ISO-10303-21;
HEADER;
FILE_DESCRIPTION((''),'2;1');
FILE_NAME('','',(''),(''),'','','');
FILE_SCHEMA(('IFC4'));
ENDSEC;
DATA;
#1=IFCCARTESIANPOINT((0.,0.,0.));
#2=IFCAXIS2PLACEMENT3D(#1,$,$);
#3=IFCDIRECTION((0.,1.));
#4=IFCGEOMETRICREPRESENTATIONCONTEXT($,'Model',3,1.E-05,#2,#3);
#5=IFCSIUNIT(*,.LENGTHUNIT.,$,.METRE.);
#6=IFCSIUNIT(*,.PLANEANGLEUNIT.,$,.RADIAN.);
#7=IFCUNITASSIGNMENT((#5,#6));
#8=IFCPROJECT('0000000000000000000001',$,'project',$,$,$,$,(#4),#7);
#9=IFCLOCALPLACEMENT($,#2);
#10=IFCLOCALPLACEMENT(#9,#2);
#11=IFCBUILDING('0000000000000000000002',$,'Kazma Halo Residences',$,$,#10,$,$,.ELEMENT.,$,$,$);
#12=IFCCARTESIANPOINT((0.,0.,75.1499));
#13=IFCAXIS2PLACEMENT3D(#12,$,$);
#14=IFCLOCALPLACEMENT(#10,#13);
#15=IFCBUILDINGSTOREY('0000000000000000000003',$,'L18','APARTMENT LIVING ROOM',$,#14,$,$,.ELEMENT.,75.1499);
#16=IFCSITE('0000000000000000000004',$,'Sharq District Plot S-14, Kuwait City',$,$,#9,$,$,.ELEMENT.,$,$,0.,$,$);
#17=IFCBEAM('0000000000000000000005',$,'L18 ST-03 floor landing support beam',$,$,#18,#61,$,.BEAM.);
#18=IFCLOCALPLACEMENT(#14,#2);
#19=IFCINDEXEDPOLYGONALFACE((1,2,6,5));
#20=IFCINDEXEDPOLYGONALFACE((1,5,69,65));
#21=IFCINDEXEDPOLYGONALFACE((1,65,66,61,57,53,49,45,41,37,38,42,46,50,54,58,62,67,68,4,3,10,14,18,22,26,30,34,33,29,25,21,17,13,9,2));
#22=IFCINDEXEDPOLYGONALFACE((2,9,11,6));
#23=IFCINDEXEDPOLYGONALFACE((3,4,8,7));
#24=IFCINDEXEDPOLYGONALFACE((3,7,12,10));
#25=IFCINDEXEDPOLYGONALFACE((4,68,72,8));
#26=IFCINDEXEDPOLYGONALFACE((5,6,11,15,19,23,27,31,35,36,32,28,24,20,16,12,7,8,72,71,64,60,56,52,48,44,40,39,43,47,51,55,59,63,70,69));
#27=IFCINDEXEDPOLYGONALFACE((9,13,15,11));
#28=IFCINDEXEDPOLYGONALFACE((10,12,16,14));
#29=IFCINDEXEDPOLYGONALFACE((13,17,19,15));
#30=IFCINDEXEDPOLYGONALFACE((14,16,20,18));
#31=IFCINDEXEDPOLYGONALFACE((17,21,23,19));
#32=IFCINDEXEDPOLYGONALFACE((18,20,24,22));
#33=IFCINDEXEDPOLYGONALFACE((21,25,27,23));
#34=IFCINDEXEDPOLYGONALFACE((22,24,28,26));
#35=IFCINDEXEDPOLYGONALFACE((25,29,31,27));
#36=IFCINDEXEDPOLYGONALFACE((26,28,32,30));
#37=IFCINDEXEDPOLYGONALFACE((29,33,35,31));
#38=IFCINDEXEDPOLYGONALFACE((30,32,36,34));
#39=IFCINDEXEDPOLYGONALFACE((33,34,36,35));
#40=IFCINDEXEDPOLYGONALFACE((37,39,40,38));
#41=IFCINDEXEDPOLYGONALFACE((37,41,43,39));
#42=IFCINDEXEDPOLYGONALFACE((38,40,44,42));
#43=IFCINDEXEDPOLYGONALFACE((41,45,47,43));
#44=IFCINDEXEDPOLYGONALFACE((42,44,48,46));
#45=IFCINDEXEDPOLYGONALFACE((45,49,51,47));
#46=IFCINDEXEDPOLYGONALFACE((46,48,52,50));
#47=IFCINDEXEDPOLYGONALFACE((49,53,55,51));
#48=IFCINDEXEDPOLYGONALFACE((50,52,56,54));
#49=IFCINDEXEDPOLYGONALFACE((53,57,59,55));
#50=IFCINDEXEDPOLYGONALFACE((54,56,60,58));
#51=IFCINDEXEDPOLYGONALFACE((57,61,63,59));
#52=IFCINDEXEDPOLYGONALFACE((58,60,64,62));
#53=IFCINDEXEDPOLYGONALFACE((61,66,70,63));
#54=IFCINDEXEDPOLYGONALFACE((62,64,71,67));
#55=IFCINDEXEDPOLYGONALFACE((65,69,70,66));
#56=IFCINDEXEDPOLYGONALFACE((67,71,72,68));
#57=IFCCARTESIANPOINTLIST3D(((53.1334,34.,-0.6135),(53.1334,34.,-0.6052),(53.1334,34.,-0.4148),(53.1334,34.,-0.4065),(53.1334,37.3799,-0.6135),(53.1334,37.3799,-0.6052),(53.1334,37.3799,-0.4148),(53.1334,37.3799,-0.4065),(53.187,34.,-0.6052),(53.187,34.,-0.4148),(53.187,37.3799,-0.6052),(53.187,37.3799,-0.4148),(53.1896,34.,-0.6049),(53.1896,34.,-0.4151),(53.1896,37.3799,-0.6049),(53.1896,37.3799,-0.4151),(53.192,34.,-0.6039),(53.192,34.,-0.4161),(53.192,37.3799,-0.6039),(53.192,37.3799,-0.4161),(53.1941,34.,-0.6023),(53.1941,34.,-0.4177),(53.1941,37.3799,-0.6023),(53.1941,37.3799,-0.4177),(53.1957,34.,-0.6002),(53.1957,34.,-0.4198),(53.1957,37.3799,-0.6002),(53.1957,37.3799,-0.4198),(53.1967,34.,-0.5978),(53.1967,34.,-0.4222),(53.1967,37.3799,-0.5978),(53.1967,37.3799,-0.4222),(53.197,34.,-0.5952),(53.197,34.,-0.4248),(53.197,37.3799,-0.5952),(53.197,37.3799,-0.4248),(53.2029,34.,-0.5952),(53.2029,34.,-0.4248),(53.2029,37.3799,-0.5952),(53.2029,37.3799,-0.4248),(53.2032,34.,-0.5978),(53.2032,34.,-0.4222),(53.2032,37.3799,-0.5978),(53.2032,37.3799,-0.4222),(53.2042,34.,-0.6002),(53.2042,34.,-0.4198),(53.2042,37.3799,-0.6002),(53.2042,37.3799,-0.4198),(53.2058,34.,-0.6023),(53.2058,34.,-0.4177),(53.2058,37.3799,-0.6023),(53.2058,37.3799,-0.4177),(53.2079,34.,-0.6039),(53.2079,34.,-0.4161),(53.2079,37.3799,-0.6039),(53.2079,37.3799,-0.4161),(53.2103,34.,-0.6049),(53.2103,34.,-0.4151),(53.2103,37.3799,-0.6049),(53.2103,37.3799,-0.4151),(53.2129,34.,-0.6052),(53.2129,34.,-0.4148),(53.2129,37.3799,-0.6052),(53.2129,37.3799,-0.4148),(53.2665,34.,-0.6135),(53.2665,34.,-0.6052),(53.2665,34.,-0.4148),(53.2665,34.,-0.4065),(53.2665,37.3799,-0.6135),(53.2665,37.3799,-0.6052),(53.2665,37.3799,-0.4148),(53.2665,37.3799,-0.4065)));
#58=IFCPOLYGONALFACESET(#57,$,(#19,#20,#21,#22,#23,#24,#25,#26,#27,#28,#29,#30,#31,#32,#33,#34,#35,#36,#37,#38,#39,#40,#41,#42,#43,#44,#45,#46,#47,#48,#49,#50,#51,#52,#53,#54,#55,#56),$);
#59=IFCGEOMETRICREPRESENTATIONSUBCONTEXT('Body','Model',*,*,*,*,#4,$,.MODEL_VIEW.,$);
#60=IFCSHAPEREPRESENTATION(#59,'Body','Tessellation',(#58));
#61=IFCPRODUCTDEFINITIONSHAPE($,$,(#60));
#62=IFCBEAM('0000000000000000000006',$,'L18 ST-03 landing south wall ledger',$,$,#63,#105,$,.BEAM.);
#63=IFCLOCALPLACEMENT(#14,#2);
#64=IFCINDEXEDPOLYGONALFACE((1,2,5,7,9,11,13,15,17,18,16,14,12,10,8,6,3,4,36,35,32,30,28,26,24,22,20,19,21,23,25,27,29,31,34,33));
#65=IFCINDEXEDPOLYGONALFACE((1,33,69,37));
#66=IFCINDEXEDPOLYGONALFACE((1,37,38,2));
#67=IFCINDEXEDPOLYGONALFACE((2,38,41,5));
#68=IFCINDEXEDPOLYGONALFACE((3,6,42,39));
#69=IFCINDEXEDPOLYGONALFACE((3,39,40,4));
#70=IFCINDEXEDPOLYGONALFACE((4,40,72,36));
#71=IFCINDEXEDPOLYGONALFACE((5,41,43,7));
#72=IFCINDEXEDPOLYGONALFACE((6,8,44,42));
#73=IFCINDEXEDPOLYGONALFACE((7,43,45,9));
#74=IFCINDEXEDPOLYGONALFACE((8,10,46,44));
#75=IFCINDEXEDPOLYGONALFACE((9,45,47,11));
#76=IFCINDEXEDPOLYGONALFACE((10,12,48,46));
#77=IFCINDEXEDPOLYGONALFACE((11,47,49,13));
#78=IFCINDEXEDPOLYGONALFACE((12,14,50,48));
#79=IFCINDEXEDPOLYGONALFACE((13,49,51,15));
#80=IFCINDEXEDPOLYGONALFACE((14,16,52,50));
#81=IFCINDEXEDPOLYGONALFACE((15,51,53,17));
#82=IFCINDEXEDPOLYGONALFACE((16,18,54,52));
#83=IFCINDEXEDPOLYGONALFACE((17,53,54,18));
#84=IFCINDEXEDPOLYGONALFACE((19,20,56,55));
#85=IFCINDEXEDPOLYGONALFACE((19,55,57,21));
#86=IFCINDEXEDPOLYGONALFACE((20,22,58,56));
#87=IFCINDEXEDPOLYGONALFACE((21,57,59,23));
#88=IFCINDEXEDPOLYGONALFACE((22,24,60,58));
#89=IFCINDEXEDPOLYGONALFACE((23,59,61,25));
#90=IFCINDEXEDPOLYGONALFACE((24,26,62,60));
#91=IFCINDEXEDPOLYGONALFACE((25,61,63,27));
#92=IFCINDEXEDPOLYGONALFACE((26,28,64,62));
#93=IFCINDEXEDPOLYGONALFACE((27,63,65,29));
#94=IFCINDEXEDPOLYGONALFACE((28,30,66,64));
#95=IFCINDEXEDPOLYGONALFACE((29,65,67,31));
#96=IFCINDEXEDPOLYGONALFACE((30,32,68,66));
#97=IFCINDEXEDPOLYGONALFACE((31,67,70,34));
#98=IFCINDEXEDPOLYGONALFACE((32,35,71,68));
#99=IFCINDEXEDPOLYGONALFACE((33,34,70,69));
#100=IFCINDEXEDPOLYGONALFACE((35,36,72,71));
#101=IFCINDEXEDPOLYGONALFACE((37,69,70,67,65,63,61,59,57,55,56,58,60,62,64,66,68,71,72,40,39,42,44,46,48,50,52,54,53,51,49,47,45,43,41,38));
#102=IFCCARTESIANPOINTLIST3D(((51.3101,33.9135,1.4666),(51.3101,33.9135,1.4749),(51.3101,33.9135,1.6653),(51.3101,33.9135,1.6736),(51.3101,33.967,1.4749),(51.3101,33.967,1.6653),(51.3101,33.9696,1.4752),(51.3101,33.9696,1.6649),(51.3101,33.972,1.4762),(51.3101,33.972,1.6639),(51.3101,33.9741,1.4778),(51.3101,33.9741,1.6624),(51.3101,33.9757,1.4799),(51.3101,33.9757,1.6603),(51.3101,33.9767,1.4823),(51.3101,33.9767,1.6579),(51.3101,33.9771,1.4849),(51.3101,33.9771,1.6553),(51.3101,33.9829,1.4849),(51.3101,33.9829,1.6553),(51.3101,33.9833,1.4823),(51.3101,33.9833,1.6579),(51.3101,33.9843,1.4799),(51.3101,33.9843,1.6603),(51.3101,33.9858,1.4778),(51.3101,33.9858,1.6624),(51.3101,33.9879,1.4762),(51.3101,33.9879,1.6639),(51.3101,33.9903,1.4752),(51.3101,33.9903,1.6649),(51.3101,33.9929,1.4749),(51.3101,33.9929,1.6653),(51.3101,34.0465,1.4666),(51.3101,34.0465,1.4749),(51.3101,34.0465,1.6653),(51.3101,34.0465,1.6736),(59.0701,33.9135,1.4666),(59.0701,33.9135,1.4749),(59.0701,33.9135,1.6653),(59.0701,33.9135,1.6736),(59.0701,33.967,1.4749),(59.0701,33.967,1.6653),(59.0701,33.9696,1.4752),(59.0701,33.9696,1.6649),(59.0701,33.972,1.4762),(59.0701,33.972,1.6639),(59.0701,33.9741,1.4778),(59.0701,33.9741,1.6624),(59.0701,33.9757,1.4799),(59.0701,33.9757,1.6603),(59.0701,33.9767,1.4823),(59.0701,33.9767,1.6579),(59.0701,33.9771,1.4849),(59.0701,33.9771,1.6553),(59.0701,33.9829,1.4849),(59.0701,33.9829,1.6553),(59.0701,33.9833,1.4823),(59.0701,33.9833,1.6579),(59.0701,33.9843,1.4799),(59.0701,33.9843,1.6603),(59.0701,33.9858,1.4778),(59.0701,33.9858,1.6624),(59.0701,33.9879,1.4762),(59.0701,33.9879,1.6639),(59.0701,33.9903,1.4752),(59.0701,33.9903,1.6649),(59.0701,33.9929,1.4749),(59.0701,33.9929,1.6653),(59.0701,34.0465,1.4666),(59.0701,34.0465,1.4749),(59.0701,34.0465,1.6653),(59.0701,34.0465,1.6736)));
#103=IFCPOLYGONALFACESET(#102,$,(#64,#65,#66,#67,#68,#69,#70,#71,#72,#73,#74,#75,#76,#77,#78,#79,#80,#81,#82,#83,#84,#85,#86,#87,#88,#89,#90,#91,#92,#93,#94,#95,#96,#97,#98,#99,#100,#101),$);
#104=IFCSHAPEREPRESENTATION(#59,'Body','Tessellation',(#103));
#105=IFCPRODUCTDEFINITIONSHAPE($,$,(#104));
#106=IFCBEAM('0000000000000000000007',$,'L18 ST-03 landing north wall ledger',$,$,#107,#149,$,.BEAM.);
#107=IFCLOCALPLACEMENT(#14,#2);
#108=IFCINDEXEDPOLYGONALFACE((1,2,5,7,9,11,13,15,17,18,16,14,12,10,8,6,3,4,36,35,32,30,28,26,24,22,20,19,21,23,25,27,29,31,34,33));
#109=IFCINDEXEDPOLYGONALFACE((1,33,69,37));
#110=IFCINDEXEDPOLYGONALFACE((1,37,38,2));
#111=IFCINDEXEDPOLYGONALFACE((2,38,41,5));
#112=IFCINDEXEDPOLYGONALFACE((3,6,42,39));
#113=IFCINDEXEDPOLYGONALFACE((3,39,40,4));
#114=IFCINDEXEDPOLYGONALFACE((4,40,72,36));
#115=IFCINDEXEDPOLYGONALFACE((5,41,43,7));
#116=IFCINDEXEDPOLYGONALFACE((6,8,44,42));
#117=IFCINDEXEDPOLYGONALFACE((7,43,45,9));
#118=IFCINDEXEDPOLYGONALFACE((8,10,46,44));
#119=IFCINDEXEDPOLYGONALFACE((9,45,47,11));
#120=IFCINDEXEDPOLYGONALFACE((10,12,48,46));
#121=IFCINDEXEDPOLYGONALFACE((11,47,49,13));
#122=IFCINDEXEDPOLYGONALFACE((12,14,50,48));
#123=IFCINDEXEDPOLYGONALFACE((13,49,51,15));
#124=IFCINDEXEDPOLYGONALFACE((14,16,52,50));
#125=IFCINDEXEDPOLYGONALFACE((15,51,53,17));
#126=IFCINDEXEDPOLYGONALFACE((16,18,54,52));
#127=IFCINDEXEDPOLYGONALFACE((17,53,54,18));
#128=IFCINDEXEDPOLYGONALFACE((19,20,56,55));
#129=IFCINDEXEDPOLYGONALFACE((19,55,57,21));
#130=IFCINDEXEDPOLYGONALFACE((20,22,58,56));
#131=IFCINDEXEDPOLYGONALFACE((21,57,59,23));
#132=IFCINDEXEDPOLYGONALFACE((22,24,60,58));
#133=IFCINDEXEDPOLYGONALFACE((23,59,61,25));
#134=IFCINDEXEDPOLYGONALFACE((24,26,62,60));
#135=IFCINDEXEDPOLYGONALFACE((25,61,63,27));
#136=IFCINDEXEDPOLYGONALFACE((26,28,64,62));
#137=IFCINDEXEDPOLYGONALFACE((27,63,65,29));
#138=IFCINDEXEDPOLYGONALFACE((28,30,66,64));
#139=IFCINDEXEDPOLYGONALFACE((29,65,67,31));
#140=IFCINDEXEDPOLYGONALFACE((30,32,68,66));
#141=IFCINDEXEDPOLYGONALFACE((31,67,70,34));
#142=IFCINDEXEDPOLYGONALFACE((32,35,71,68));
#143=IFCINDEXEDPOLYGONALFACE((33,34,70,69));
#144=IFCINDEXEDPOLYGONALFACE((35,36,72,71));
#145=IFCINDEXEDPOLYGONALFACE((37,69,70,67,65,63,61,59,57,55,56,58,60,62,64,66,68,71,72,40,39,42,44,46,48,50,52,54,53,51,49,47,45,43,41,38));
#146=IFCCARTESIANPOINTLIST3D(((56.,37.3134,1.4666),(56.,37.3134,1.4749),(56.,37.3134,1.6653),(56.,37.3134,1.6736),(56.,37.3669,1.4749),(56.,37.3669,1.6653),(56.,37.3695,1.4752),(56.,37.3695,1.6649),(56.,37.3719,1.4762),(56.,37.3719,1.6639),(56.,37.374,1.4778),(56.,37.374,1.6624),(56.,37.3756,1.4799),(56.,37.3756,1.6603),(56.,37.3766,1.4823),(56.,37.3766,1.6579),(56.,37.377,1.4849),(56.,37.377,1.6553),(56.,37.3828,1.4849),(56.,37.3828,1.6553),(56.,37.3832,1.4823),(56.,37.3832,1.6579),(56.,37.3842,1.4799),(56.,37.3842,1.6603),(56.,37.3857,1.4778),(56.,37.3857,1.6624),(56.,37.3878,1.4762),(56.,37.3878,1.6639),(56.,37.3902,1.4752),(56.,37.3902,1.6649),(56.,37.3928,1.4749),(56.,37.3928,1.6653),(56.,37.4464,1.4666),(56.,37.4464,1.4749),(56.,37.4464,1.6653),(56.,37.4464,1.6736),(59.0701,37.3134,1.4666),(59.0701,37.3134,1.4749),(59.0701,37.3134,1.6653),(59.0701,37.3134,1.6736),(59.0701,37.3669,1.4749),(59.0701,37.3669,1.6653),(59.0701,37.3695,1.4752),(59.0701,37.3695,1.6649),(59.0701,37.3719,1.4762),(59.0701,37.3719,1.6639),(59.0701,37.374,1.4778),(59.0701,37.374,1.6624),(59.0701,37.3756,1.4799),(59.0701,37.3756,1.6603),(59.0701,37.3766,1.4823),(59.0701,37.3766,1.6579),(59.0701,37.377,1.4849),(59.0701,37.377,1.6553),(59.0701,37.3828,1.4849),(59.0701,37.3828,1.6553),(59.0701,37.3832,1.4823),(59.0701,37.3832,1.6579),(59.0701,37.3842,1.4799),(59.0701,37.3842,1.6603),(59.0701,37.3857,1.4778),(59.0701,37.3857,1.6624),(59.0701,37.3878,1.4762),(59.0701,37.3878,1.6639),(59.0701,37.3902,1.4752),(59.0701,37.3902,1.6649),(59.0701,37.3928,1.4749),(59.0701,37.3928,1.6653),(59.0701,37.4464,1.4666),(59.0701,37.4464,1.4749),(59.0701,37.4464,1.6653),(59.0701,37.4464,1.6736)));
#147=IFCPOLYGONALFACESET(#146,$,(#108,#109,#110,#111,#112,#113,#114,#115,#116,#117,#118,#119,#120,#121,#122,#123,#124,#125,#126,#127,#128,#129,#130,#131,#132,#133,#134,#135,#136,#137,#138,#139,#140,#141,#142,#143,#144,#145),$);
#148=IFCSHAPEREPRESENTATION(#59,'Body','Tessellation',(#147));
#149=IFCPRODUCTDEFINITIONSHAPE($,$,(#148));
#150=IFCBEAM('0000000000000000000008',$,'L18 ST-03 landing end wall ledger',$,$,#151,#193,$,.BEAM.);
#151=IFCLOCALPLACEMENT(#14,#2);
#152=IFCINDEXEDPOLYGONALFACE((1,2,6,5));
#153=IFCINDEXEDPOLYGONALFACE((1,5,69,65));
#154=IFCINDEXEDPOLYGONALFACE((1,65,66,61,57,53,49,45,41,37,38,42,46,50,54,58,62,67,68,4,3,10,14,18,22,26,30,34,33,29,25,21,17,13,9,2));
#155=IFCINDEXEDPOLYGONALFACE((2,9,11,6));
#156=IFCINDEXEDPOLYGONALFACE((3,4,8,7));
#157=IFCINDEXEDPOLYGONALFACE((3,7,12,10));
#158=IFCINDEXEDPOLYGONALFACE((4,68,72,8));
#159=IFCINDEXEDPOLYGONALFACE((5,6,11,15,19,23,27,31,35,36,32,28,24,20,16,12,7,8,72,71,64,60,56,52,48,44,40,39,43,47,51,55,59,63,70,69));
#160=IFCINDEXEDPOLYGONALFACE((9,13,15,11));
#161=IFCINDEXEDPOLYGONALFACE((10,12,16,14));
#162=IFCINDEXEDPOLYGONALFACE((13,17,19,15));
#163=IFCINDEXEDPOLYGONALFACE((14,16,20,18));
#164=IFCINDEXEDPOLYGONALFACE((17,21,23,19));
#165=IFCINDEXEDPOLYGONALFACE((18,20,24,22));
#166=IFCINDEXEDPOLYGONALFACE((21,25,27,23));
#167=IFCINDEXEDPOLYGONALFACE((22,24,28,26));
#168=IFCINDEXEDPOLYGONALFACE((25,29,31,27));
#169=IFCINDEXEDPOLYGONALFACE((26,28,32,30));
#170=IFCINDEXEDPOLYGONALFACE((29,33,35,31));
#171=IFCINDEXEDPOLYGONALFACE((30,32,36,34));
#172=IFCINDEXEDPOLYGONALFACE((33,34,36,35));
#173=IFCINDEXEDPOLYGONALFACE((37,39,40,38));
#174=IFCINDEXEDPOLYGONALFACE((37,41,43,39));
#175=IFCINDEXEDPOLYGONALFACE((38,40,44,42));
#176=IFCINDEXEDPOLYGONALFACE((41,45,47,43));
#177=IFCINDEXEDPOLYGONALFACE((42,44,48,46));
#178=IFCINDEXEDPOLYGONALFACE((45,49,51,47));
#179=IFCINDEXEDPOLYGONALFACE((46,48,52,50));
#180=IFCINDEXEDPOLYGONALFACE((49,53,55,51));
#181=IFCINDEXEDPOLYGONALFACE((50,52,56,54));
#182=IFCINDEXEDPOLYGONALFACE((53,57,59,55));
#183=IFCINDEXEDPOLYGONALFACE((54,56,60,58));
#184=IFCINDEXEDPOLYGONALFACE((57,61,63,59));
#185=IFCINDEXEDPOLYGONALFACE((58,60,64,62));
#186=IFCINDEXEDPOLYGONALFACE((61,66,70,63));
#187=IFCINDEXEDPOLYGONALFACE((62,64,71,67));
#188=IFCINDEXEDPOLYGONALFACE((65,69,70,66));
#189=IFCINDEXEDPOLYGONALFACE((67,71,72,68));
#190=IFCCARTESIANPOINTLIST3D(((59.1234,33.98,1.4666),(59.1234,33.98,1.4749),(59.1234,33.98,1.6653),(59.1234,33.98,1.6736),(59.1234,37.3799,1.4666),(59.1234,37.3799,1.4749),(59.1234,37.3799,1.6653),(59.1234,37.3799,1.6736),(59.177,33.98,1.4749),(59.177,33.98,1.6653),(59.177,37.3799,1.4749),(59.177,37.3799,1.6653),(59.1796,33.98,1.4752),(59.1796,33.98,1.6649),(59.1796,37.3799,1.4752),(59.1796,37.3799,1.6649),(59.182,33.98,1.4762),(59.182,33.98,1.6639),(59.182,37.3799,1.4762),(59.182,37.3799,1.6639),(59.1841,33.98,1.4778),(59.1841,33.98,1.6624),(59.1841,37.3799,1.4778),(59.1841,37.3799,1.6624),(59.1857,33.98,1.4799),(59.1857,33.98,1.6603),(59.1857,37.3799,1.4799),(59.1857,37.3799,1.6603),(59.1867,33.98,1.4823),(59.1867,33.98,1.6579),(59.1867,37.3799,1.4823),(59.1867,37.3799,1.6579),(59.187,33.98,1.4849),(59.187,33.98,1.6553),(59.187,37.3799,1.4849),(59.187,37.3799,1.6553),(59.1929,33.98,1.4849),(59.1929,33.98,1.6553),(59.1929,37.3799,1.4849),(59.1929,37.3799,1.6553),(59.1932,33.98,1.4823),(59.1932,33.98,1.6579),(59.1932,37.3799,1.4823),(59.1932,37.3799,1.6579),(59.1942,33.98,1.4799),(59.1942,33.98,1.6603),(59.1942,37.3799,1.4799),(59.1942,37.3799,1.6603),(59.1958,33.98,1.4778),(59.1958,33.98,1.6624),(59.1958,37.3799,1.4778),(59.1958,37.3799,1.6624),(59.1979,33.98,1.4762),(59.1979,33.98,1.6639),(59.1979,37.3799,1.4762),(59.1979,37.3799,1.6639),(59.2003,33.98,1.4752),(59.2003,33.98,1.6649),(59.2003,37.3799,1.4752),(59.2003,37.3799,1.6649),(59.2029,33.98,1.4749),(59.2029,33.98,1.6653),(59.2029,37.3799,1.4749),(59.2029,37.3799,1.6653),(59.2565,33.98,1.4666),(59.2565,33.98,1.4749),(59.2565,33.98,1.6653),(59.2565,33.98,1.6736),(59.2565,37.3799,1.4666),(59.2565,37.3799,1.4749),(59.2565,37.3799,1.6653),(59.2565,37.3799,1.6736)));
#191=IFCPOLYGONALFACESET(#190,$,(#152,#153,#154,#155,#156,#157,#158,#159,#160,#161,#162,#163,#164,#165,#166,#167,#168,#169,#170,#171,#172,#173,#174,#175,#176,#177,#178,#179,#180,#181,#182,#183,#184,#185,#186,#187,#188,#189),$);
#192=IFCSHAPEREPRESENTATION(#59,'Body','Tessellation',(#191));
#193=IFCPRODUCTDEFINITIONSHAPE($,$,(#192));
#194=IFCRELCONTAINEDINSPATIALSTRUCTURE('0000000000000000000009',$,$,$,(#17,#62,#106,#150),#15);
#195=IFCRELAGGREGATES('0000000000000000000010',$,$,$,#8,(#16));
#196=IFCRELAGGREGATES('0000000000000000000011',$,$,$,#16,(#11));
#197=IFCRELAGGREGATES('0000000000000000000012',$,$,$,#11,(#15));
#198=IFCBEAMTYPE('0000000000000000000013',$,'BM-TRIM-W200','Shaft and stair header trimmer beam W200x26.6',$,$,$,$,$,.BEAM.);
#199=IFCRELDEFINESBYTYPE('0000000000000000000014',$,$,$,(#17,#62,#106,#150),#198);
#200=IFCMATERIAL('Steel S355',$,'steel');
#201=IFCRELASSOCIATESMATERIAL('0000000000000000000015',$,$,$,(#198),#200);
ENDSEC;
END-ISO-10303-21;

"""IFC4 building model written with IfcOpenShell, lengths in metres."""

from ifc_helpers import new_model, si_unit, direction, frame, origin, origin_2d, place, context, subcontext, project, spatial, i_section, extrude, material, material_profile, profile_set, type_object, element, save


model = new_model("IFC4")

# Units and contexts
model_context = context("Model", 3, precision=1e-05, world=origin(), true_north=direction((0.0, 1.0)))
body_context = subcontext(model_context, "Body", "Model", "MODEL_VIEW")
ifc_project = project(units=[si_unit("LENGTHUNIT", "METRE"), si_unit("PLANEANGLEUNIT", "RADIAN")], contexts=[model_context])

# Site, building, storey
site_placement = place(None, origin())
site = spatial("IfcSite", under=ifc_project, at=site_placement, Name="Sharq District Plot S-14, Kuwait City", CompositionType="ELEMENT", RefElevation=0.0)
building_placement = place(site_placement, origin())
building = spatial("IfcBuilding", under=site, at=building_placement, Name="Kazma Halo Residences", CompositionType="ELEMENT")
storey_placement = place(building_placement, frame((0.0, 0.0, 75.1499)))
storey = spatial("IfcBuildingStorey", under=building, at=storey_placement, Name="L18", Description="APARTMENT LIVING ROOM", CompositionType="ELEMENT", Elevation=75.1499)

# Shared definitions
ifc_material_1 = material(Name="Steel S355", Category="steel")

# Beams
ifc_material_profile_1 = material_profile(ifc_material_1, i_section(OverallWidth=0.1331, OverallDepth=0.207, WebThickness=0.0059, FlangeThickness=0.0083, FilletRadius=0.01, at=origin_2d()), Name="W200x26.6")
ifc_profile_set_1 = profile_set([ifc_material_profile_1], Name="Steel S355")
beam_type_1 = type_object("IfcBeamType", Name="BM-TRIM-W200", Description="Shaft and stair header trimmer beam W200x26.6", PredefinedType="BEAM", material=ifc_profile_set_1)
beam_1_placement = place(storey_placement, frame((53.2, 34.0, -0.51), z_axis=(0.0, 1.0, 0.0), x_axis=(-1.0, 0.0, 0.0)))
element("IfcBeam", 1, at=beam_1_placement, inside=storey, type_object=beam_type_1, Name="L18 ST-03 floor landing support beam", PredefinedType="BEAM", context=body_context, shape_type="SweptSolid", body=[
    extrude(i_section(OverallWidth=0.1331, OverallDepth=0.207, WebThickness=0.0059, FlangeThickness=0.0083, FilletRadius=0.01, at=origin_2d()), origin(), (0.0, 0.0, 1.0), 3.3799),
])
beam_2_placement = place(storey_placement, frame((51.3101, 33.98, 1.5701), z_axis=(1.0, 0.0, 0.0), x_axis=(0.0, 1.0, 0.0)))
element("IfcBeam", 2, at=beam_2_placement, inside=storey, type_object=beam_type_1, Name="L18 ST-03 landing south wall ledger", PredefinedType="BEAM", context=body_context, shape_type="SweptSolid", body=[
    extrude(i_section(OverallWidth=0.1331, OverallDepth=0.207, WebThickness=0.0059, FlangeThickness=0.0083, FilletRadius=0.01, at=origin_2d()), origin(), (0.0, 0.0, 1.0), 7.76),
])
beam_3_placement = place(storey_placement, frame((56.0, 37.3799, 1.5701), z_axis=(1.0, 0.0, 0.0), x_axis=(0.0, 1.0, 0.0)))
element("IfcBeam", 3, at=beam_3_placement, inside=storey, type_object=beam_type_1, Name="L18 ST-03 landing north wall ledger", PredefinedType="BEAM", context=body_context, shape_type="SweptSolid", body=[
    extrude(i_section(OverallWidth=0.1331, OverallDepth=0.207, WebThickness=0.0059, FlangeThickness=0.0083, FilletRadius=0.01, at=origin_2d()), origin(), (0.0, 0.0, 1.0), 3.0701),
])
beam_4_placement = place(storey_placement, frame((59.1899, 33.98, 1.5701), z_axis=(0.0, 1.0, 0.0), x_axis=(-1.0, 0.0, 0.0)))
element("IfcBeam", 4, at=beam_4_placement, inside=storey, type_object=beam_type_1, Name="L18 ST-03 landing end wall ledger", PredefinedType="BEAM", context=body_context, shape_type="SweptSolid", body=[
    extrude(i_section(OverallWidth=0.1331, OverallDepth=0.207, WebThickness=0.0059, FlangeThickness=0.0083, FilletRadius=0.01, at=origin_2d()), origin(), (0.0, 0.0, 1.0), 3.3999),
])

save(model, "model.ifc")
